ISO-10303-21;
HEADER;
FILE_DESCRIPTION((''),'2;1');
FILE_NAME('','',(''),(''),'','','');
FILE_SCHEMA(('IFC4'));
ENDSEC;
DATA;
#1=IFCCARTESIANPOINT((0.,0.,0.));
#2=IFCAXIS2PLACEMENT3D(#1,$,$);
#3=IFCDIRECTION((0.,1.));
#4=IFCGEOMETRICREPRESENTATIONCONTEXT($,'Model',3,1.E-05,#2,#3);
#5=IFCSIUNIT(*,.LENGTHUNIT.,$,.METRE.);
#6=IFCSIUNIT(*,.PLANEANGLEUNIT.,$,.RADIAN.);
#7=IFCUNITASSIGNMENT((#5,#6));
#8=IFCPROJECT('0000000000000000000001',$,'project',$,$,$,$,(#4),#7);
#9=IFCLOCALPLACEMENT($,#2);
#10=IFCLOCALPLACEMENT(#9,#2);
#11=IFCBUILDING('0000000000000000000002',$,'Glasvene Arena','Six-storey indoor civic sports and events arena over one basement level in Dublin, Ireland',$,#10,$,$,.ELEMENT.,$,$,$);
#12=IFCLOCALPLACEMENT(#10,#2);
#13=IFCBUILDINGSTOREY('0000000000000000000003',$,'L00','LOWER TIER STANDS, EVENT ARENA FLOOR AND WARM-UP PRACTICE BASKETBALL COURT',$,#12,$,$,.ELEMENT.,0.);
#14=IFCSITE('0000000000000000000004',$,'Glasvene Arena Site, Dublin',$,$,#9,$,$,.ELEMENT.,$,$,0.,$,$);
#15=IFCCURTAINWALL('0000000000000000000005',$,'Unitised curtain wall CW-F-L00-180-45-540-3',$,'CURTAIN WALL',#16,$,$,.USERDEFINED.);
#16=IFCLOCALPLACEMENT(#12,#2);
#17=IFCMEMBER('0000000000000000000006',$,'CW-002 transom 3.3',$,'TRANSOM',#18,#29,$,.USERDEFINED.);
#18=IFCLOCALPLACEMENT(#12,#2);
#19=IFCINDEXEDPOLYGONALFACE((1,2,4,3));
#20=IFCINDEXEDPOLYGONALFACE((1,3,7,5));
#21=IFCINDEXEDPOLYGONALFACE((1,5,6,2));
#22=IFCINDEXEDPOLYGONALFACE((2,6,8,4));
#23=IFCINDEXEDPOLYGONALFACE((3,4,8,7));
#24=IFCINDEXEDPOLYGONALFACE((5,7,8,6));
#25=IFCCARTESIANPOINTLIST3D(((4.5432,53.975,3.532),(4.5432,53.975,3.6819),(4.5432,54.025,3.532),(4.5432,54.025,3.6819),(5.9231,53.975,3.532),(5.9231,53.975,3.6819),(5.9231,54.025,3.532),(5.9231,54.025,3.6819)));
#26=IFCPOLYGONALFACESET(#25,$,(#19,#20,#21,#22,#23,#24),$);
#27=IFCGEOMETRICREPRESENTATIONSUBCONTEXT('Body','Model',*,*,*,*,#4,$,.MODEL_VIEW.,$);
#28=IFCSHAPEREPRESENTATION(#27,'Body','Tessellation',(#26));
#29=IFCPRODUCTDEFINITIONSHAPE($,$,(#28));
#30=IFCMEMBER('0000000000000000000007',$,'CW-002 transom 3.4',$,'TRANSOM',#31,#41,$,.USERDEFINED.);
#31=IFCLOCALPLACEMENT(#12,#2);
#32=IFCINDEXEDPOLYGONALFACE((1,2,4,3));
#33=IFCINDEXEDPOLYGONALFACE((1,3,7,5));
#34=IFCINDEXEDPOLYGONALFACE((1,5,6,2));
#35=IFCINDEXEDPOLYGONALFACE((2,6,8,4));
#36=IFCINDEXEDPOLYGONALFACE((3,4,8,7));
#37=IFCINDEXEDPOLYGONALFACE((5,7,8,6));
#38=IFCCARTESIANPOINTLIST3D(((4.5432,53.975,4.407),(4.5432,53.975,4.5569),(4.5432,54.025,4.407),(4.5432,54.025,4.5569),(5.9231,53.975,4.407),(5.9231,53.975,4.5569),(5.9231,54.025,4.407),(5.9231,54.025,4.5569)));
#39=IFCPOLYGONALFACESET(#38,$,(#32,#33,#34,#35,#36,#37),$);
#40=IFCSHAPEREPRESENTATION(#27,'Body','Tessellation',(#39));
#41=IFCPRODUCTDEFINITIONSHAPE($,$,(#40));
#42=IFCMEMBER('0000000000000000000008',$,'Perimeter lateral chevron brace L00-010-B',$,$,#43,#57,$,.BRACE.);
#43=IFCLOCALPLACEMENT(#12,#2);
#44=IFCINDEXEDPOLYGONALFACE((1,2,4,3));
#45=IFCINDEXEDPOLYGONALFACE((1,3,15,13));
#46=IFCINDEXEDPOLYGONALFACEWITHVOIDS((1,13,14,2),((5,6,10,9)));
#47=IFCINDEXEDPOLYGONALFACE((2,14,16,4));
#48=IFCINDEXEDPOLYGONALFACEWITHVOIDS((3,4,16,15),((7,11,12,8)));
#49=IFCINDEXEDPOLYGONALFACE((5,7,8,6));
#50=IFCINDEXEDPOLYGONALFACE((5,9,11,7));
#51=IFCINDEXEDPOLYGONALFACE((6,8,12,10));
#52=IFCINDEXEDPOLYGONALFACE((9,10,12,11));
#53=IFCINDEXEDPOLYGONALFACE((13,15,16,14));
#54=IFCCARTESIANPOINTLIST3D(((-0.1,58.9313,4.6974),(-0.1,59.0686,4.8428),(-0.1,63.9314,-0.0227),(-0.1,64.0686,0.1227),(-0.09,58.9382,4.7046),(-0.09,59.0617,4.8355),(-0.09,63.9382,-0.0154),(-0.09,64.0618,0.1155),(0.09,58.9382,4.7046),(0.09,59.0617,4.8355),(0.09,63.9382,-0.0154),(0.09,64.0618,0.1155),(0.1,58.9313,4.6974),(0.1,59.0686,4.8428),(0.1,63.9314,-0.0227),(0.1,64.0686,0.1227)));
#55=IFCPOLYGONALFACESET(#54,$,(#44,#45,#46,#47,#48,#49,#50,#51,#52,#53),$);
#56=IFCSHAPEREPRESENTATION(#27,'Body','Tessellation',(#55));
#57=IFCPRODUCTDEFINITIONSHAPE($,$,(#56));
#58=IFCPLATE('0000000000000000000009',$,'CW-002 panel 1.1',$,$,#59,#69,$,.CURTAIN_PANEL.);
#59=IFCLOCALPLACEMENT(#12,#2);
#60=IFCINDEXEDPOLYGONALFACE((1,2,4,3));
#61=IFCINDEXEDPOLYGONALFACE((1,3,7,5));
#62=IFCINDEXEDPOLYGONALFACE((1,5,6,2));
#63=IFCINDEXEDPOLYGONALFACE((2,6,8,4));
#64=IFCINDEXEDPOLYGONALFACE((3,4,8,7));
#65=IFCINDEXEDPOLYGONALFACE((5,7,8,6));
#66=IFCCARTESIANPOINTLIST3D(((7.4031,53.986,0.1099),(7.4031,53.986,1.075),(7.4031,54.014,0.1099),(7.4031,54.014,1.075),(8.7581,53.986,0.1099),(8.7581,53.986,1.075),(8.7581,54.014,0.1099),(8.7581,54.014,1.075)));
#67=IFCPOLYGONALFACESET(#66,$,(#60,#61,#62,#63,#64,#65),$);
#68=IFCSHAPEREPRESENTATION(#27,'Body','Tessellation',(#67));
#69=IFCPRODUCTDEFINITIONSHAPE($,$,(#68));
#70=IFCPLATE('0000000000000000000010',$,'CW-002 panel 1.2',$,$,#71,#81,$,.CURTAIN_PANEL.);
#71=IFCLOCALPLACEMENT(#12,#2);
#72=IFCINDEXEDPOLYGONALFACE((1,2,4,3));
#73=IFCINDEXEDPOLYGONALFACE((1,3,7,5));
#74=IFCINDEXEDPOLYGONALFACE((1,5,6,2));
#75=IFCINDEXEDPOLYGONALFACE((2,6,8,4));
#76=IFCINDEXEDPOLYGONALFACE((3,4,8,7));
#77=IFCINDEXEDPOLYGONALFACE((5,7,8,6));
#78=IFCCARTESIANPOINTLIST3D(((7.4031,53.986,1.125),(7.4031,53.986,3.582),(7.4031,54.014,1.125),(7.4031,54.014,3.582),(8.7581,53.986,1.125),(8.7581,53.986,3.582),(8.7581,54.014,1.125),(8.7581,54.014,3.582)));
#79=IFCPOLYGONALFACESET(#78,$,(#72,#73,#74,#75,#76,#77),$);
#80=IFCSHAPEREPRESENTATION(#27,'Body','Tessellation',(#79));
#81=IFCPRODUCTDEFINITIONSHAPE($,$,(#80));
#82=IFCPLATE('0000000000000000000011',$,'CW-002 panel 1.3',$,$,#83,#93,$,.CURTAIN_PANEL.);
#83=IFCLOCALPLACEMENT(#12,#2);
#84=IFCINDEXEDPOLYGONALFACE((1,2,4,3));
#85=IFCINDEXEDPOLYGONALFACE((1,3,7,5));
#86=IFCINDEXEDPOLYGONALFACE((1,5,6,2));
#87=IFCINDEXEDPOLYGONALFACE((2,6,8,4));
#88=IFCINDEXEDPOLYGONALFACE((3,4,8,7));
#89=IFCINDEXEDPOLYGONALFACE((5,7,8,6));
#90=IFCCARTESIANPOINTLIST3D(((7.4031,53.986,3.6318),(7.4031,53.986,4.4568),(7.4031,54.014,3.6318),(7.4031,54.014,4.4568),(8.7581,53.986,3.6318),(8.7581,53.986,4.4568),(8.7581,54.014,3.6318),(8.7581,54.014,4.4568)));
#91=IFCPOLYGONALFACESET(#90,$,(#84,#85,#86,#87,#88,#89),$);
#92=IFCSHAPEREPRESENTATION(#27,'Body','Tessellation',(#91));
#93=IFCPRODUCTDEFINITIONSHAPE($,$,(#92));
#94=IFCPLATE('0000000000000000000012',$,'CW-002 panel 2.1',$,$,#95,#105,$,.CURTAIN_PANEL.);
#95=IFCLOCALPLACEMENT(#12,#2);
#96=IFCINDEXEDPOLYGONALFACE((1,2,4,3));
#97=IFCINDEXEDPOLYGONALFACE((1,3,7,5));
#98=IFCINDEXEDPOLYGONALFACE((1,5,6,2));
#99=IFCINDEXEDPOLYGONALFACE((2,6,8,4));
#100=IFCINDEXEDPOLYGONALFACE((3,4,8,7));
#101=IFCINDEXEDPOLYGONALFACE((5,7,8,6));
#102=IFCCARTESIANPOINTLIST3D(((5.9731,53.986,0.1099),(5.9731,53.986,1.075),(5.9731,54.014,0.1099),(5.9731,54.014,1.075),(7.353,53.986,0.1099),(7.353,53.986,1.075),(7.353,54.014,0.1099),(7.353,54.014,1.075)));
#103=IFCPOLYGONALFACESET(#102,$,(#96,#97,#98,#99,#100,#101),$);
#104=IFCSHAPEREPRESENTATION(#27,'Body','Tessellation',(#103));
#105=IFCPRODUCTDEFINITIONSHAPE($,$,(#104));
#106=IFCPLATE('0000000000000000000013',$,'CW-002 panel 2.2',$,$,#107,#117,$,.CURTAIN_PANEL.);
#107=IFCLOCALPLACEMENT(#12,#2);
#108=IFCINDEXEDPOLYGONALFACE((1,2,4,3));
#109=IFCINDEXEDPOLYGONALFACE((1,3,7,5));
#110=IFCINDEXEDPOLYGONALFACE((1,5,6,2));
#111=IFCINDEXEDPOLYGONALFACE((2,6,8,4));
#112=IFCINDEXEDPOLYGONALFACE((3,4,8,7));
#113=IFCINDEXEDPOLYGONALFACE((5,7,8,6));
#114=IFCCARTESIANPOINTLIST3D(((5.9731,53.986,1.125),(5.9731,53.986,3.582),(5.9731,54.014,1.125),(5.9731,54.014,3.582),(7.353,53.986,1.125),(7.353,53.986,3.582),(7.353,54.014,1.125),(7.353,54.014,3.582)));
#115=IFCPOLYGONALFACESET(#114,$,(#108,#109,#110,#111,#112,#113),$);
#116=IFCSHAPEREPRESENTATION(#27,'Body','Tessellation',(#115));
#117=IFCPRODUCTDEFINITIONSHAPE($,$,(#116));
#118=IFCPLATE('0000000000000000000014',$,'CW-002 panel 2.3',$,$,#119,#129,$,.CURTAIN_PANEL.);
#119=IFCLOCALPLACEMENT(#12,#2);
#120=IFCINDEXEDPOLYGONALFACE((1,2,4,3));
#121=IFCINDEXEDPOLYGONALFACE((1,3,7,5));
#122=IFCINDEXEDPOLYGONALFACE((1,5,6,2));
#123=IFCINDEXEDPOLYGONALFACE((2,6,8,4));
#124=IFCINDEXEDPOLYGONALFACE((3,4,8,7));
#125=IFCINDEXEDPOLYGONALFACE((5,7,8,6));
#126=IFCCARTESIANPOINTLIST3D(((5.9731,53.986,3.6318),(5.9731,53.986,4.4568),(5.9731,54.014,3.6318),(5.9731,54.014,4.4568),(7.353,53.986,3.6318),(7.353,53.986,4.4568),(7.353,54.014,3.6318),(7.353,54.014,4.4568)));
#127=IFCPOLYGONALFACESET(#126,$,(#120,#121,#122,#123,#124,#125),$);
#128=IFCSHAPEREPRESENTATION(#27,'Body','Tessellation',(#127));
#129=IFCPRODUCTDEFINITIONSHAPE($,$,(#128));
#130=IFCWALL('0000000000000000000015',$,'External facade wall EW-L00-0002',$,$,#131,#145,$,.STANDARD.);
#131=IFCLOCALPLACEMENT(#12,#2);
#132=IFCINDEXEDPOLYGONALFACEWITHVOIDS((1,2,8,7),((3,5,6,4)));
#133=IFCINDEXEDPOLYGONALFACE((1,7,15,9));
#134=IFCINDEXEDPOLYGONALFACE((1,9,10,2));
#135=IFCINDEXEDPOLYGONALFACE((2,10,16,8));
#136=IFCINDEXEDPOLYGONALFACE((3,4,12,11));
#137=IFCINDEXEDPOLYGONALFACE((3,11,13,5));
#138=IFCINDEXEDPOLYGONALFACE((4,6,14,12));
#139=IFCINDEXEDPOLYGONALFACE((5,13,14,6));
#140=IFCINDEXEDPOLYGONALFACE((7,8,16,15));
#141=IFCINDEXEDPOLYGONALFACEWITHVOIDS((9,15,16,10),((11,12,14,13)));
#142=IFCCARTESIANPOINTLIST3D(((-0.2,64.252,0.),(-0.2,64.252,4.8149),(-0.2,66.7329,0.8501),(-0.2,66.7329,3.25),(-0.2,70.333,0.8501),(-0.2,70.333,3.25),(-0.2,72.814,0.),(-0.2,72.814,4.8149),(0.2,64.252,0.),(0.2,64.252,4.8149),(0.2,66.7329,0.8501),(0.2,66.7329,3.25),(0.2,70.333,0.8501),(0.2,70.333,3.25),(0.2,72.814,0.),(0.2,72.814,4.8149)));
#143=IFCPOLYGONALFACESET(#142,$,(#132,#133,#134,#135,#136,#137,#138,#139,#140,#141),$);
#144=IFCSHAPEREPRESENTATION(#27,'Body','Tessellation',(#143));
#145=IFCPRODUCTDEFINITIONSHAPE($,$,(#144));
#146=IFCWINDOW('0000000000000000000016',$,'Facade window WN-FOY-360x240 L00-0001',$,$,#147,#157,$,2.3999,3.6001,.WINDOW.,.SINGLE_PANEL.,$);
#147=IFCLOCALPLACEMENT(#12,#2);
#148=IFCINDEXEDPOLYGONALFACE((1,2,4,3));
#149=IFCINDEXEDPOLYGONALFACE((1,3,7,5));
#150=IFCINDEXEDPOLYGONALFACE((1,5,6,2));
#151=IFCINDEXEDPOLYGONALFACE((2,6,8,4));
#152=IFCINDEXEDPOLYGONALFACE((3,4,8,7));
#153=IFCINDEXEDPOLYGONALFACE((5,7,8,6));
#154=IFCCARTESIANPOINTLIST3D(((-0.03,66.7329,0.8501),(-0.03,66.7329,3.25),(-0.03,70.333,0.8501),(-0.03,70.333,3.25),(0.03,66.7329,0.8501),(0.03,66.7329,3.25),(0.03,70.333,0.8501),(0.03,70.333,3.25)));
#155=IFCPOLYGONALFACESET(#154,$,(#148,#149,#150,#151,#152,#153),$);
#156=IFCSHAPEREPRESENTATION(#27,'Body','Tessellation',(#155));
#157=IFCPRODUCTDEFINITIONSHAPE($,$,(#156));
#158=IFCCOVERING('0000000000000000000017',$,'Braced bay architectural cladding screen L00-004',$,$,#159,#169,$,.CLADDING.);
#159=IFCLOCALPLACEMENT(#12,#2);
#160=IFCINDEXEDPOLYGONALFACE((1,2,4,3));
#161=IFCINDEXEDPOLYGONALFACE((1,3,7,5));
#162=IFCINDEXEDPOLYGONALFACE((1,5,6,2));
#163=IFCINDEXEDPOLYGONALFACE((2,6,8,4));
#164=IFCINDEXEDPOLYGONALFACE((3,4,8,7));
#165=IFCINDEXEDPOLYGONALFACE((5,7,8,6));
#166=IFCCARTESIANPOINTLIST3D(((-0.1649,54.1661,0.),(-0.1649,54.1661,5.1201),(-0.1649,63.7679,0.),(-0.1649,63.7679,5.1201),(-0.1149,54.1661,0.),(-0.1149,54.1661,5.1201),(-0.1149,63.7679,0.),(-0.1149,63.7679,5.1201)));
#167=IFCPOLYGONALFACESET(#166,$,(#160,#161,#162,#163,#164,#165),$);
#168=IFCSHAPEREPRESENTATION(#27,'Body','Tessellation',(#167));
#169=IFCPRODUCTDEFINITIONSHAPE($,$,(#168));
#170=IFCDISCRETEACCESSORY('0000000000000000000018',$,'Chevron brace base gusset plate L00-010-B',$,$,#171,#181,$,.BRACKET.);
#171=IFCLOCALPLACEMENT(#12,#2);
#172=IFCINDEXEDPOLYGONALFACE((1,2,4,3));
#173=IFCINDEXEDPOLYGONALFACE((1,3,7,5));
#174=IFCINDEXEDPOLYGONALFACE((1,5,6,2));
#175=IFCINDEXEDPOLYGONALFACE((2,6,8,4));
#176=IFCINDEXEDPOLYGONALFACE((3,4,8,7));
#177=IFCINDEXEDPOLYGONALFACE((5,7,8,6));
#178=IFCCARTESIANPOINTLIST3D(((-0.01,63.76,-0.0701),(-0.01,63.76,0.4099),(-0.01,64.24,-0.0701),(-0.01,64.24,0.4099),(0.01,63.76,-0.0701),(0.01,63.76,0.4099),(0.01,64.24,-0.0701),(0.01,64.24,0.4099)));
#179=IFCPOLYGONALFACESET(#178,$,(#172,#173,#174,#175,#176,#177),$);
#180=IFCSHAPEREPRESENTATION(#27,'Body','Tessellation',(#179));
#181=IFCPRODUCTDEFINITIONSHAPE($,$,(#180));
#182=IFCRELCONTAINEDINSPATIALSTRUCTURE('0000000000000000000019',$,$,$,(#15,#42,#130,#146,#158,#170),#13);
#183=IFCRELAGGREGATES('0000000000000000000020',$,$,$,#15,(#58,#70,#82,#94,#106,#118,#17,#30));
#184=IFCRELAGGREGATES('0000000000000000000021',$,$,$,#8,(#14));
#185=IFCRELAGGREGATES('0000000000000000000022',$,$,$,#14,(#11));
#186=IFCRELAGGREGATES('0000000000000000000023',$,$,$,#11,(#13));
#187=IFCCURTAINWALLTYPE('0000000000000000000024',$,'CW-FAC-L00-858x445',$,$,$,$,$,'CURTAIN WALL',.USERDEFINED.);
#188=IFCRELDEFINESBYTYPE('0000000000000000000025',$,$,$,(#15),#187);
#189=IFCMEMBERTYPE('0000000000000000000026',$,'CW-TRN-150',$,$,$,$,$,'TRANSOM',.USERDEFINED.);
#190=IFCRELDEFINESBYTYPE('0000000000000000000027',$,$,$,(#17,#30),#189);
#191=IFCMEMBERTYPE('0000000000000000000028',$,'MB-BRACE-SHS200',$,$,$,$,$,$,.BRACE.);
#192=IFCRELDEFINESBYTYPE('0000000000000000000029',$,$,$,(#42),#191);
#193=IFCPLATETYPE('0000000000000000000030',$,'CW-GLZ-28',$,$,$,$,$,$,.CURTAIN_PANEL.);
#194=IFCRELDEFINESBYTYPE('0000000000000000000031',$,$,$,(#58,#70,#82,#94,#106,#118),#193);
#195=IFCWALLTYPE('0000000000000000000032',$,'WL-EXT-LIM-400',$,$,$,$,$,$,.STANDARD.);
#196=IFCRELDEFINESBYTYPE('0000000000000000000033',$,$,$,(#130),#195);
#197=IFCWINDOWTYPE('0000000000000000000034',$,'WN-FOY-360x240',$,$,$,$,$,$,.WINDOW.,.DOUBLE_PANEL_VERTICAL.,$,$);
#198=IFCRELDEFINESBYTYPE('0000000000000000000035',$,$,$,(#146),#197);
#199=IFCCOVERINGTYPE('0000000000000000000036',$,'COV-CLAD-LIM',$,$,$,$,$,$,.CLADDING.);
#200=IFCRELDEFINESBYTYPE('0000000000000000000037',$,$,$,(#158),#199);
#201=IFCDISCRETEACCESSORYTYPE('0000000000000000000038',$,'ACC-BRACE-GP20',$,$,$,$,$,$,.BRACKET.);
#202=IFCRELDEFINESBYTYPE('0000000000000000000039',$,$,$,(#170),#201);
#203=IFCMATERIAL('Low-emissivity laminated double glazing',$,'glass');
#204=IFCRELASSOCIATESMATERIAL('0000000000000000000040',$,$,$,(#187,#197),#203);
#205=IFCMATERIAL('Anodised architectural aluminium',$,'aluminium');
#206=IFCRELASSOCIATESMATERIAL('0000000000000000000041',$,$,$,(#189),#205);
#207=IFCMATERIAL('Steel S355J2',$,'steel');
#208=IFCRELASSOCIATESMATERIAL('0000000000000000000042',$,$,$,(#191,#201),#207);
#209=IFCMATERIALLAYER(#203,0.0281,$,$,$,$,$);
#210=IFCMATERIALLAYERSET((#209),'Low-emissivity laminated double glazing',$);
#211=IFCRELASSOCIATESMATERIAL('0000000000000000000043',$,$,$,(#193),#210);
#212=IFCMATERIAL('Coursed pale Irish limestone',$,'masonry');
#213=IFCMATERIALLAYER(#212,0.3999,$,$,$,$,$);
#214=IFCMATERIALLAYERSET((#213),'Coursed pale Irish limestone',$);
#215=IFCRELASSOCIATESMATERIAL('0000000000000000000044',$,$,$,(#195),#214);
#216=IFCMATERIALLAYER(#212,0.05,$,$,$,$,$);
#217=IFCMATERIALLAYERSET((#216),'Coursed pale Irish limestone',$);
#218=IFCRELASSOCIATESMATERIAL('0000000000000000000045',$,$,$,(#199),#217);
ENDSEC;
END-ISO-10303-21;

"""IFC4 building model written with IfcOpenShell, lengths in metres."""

from ifc_helpers import new_model, si_unit, direction, frame, frame_2d, origin, origin_2d, place, context, subcontext, project, spatial, rectangle, hollow_rectangle, extrude, material, layer, layer_set, material_profile, profile_set, type_object, element, fill, aggregate, save


model = new_model("IFC4")

# Units and contexts
model_context = context("Model", 3, precision=1e-05, world=origin(), true_north=direction((0.0, 1.0)))
body_context = subcontext(model_context, "Body", "Model", "MODEL_VIEW")
ifc_project = project(units=[si_unit("LENGTHUNIT", "METRE"), si_unit("PLANEANGLEUNIT", "RADIAN")], contexts=[model_context])

# Site, building, storey
site_placement = place(None, origin())
site = spatial("IfcSite", under=ifc_project, at=site_placement, Name="Glasvene Arena Site, Dublin", CompositionType="ELEMENT", RefElevation=0.0)
building_placement = place(site_placement, origin())
building = spatial("IfcBuilding", under=site, at=building_placement, Name="Glasvene Arena", Description="Six-storey indoor civic sports and events arena over one basement level in Dublin, Ireland", CompositionType="ELEMENT")
storey_placement = place(building_placement, origin())
storey = spatial("IfcBuildingStorey", under=building, at=storey_placement, Name="L00", Description="LOWER TIER STANDS, EVENT ARENA FLOOR AND WARM-UP PRACTICE BASKETBALL COURT", CompositionType="ELEMENT", Elevation=0.0)

# Shared definitions
ifc_material_1 = material(Name="Steel S355J2", Category="steel")

# Curtain wall, members
ifc_material_2 = material(Name="Low-emissivity laminated double glazing", Category="glass")
curtain_wall_type = type_object("IfcCurtainWallType", Name="CW-FAC-L00-858x445", ElementType="CURTAIN WALL", PredefinedType="USERDEFINED", material=ifc_material_2)
curtain_wall_placement = place(storey_placement, frame((8.8081, 54.0, 0.0)))
curtain_wall = element("IfcCurtainWall", 1, at=curtain_wall_placement, inside=storey, type_object=curtain_wall_type, Name="Unitised curtain wall CW-F-L00-180-45-540-3", ObjectType="CURTAIN WALL", PredefinedType="USERDEFINED")
ifc_material_3 = material(Name="Anodised architectural aluminium", Category="aluminium")
ifc_material_profile_1 = material_profile(ifc_material_3, rectangle(XDim=0.05, YDim=0.1499, at=origin_2d()), Name="ALU TRANSOM 50x150")
ifc_profile_set_1 = profile_set([ifc_material_profile_1], Name="Anodised architectural aluminium")
member_type_1 = type_object("IfcMemberType", Name="CW-TRN-150", ElementType="TRANSOM", PredefinedType="USERDEFINED", material=ifc_profile_set_1)
member_1_placement = place(storey_placement, frame((5.9231, 54.0, 3.6069), z_axis=(-1.0, 0.0, 0.0), x_axis=(0.0, -1.0, 0.0)))
member_1 = element("IfcMember", 2, at=member_1_placement, type_object=member_type_1, Name="CW-002 transom 3.3", ObjectType="TRANSOM", PredefinedType="USERDEFINED", context=body_context, shape_type="SweptSolid", body=[
    extrude(rectangle(XDim=0.05, YDim=0.1499, at=origin_2d()), origin(), (0.0, 0.0, 1.0), 1.3799),
])
member_2_placement = place(storey_placement, frame((5.9231, 54.0, 4.4819), z_axis=(-1.0, 0.0, 0.0), x_axis=(0.0, -1.0, 0.0)))
member_2 = element("IfcMember", 3, at=member_2_placement, type_object=member_type_1, Name="CW-002 transom 3.4", ObjectType="TRANSOM", PredefinedType="USERDEFINED", context=body_context, shape_type="SweptSolid", body=[
    extrude(rectangle(XDim=0.05, YDim=0.1499, at=origin_2d()), origin(), (0.0, 0.0, 1.0), 1.3799),
])

# Member
ifc_material_profile_2 = material_profile(ifc_material_1, hollow_rectangle(XDim=0.2, YDim=0.2, WallThickness=0.01, at=origin_2d()), Name="SHS 200x200x10.0")
ifc_profile_set_2 = profile_set([ifc_material_profile_2], Name="Steel S355J2")
member_type_2 = type_object("IfcMemberType", Name="MB-BRACE-SHS200", PredefinedType="BRACE", material=ifc_profile_set_2)
member_3_placement = place(storey_placement, frame((0.0, 64.0, 0.05), z_axis=(0.0, -0.727177, 0.68645), x_axis=(1.0, 0.0, 0.0)))
element("IfcMember", 4, at=member_3_placement, inside=storey, type_object=member_type_2, Name="Perimeter lateral chevron brace L00-010-B", PredefinedType="BRACE", context=body_context, shape_type="SweptSolid", body=[
    extrude(hollow_rectangle(XDim=0.2, YDim=0.2, WallThickness=0.01, at=origin_2d()), origin(), (0.0, 0.0, 1.0), 6.876),
])

# Plates
ifc_layer_1 = layer(ifc_material_2, 0.0281)
ifc_layer_set_1 = layer_set([ifc_layer_1], Name="Low-emissivity laminated double glazing")
plate_type = type_object("IfcPlateType", Name="CW-GLZ-28", PredefinedType="CURTAIN_PANEL", material=ifc_layer_set_1)
plate_1_placement = place(storey_placement, frame((8.0806, 54.0, 0.1099), z_axis=(0.0, 0.0, 1.0), x_axis=(-1.0, 0.0, 0.0)))
plate_1 = element("IfcPlate", 5, at=plate_1_placement, type_object=plate_type, Name="CW-002 panel 1.1", PredefinedType="CURTAIN_PANEL", context=body_context, shape_type="SweptSolid", body=[
    extrude(rectangle(XDim=1.355, YDim=0.0281, at=origin_2d()), origin(), (0.0, 0.0, 1.0), 0.9651),
])
plate_2_placement = place(storey_placement, frame((8.0806, 54.0, 1.125), z_axis=(0.0, 0.0, 1.0), x_axis=(-1.0, 0.0, 0.0)))
plate_2 = element("IfcPlate", 6, at=plate_2_placement, type_object=plate_type, Name="CW-002 panel 1.2", PredefinedType="CURTAIN_PANEL", context=body_context, shape_type="SweptSolid", body=[
    extrude(rectangle(XDim=1.355, YDim=0.0281, at=origin_2d()), origin(), (0.0, 0.0, 1.0), 2.457),
])
plate_3_placement = place(storey_placement, frame((8.0806, 54.0, 3.6318), z_axis=(0.0, 0.0, 1.0), x_axis=(-1.0, 0.0, 0.0)))
plate_3 = element("IfcPlate", 7, at=plate_3_placement, type_object=plate_type, Name="CW-002 panel 1.3", PredefinedType="CURTAIN_PANEL", context=body_context, shape_type="SweptSolid", body=[
    extrude(rectangle(XDim=1.355, YDim=0.0281, at=origin_2d()), origin(), (0.0, 0.0, 1.0), 0.825),
])
plate_4_placement = place(storey_placement, frame((6.6631, 54.0, 0.1099), z_axis=(0.0, 0.0, 1.0), x_axis=(-1.0, 0.0, 0.0)))
plate_4 = element("IfcPlate", 8, at=plate_4_placement, type_object=plate_type, Name="CW-002 panel 2.1", PredefinedType="CURTAIN_PANEL", context=body_context, shape_type="SweptSolid", body=[
    extrude(rectangle(XDim=1.3799, YDim=0.0281, at=origin_2d()), origin(), (0.0, 0.0, 1.0), 0.9651),
])
plate_5_placement = place(storey_placement, frame((6.6631, 54.0, 1.125), z_axis=(0.0, 0.0, 1.0), x_axis=(-1.0, 0.0, 0.0)))
plate_5 = element("IfcPlate", 9, at=plate_5_placement, type_object=plate_type, Name="CW-002 panel 2.2", PredefinedType="CURTAIN_PANEL", context=body_context, shape_type="SweptSolid", body=[
    extrude(rectangle(XDim=1.3799, YDim=0.0281, at=origin_2d()), origin(), (0.0, 0.0, 1.0), 2.457),
])
plate_6_placement = place(storey_placement, frame((6.6631, 54.0, 3.6318), z_axis=(0.0, 0.0, 1.0), x_axis=(-1.0, 0.0, 0.0)))
plate_6 = element("IfcPlate", 10, at=plate_6_placement, type_object=plate_type, Name="CW-002 panel 2.3", PredefinedType="CURTAIN_PANEL", context=body_context, shape_type="SweptSolid", body=[
    extrude(rectangle(XDim=1.3799, YDim=0.0281, at=origin_2d()), origin(), (0.0, 0.0, 1.0), 0.825),
])
aggregate(curtain_wall, [plate_1, plate_2, plate_3, plate_4, plate_5, plate_6, member_1, member_2])

# Wall, opening, window
ifc_material_4 = material(Name="Coursed pale Irish limestone", Category="masonry")
ifc_layer_2 = layer(ifc_material_4, 0.3999)
ifc_layer_set_2 = layer_set([ifc_layer_2], Name="Coursed pale Irish limestone")
wall_type = type_object("IfcWallType", Name="WL-EXT-LIM-400", PredefinedType="STANDARD", material=ifc_layer_set_2)
wall_placement = place(storey_placement, frame((0.0, 64.252, 0.0), z_axis=(0.0, 0.0, 1.0), x_axis=(0.0, 1.0, 0.0)))
wall = element("IfcWall", 11, at=wall_placement, inside=storey, type_object=wall_type, Name="External facade wall EW-L00-0002", PredefinedType="STANDARD", context=body_context, shape_type="SweptSolid", body=[
    extrude(rectangle(XDim=8.562, YDim=0.3999, at=frame_2d((4.281, 0.0))), origin(), (0.0, 0.0, 1.0), 4.8149),
])
opening_placement = place(wall_placement, frame((2.481, 0.0, 0.8501)))
opening = element("IfcOpeningElement", 12, at=opening_placement, cuts=wall, PredefinedType="OPENING", context=body_context, shape_type="SweptSolid", body=[
    extrude(rectangle(XDim=3.6001, YDim=2.3999, at=frame_2d((1.8, 1.2))), frame((0.0, 0.21, 0.0), z_axis=(0.0, -1.0, 0.0), x_axis=(1.0, 0.0, 0.0)), (0.0, 0.0, 1.0), 0.4199),
])
window_type = type_object("IfcWindowType", Name="WN-FOY-360x240", PartitioningType="DOUBLE_PANEL_VERTICAL", PredefinedType="WINDOW", material=ifc_material_2)
window_placement = place(opening_placement, origin())
window = element("IfcWindow", 13, at=window_placement, inside=storey, type_object=window_type, Name="Facade window WN-FOY-360x240 L00-0001", OverallHeight=2.3999, OverallWidth=3.6001, PartitioningType="SINGLE_PANEL", PredefinedType="WINDOW", context=body_context, shape_type="SweptSolid", body=[
    extrude(rectangle(XDim=3.6001, YDim=2.3999, at=frame_2d((1.8, 1.2))), frame((0.0, 0.03, 0.0), z_axis=(0.0, -1.0, 0.0), x_axis=(1.0, 0.0, 0.0)), (0.0, 0.0, 1.0), 0.0601),
])
fill(opening, window)

# Covering
ifc_layer_3 = layer(ifc_material_4, 0.05)
ifc_layer_set_3 = layer_set([ifc_layer_3], Name="Coursed pale Irish limestone")
covering_type = type_object("IfcCoveringType", Name="COV-CLAD-LIM", PredefinedType="CLADDING", material=ifc_layer_set_3)
covering_placement = place(storey_placement, frame((-0.1399, 58.967, 0.0), z_axis=(0.0, 0.0, 1.0), x_axis=(0.0, 1.0, 0.0)))
element("IfcCovering", 14, at=covering_placement, inside=storey, type_object=covering_type, Name="Braced bay architectural cladding screen L00-004", PredefinedType="CLADDING", context=body_context, shape_type="SweptSolid", body=[
    extrude(rectangle(XDim=9.6018, YDim=0.05, at=origin_2d()), origin(), (0.0, 0.0, 1.0), 5.1201),
])

# Discrete accessory
discrete_accessory_type = type_object("IfcDiscreteAccessoryType", Name="ACC-BRACE-GP20", PredefinedType="BRACKET", material=ifc_material_1)
discrete_accessory_1_placement = place(storey_placement, frame((0.0, 64.0, -0.0701), z_axis=(0.0, 0.0, 1.0), x_axis=(1.0, 0.0, 0.0)))
element("IfcDiscreteAccessory", 15, at=discrete_accessory_1_placement, inside=storey, type_object=discrete_accessory_type, Name="Chevron brace base gusset plate L00-010-B", PredefinedType="BRACKET", context=body_context, shape_type="SweptSolid", body=[
    extrude(rectangle(XDim=0.02, YDim=0.48, at=origin_2d()), origin(), (0.0, 0.0, 1.0), 0.48),
])

save(model, "model.ifc")
